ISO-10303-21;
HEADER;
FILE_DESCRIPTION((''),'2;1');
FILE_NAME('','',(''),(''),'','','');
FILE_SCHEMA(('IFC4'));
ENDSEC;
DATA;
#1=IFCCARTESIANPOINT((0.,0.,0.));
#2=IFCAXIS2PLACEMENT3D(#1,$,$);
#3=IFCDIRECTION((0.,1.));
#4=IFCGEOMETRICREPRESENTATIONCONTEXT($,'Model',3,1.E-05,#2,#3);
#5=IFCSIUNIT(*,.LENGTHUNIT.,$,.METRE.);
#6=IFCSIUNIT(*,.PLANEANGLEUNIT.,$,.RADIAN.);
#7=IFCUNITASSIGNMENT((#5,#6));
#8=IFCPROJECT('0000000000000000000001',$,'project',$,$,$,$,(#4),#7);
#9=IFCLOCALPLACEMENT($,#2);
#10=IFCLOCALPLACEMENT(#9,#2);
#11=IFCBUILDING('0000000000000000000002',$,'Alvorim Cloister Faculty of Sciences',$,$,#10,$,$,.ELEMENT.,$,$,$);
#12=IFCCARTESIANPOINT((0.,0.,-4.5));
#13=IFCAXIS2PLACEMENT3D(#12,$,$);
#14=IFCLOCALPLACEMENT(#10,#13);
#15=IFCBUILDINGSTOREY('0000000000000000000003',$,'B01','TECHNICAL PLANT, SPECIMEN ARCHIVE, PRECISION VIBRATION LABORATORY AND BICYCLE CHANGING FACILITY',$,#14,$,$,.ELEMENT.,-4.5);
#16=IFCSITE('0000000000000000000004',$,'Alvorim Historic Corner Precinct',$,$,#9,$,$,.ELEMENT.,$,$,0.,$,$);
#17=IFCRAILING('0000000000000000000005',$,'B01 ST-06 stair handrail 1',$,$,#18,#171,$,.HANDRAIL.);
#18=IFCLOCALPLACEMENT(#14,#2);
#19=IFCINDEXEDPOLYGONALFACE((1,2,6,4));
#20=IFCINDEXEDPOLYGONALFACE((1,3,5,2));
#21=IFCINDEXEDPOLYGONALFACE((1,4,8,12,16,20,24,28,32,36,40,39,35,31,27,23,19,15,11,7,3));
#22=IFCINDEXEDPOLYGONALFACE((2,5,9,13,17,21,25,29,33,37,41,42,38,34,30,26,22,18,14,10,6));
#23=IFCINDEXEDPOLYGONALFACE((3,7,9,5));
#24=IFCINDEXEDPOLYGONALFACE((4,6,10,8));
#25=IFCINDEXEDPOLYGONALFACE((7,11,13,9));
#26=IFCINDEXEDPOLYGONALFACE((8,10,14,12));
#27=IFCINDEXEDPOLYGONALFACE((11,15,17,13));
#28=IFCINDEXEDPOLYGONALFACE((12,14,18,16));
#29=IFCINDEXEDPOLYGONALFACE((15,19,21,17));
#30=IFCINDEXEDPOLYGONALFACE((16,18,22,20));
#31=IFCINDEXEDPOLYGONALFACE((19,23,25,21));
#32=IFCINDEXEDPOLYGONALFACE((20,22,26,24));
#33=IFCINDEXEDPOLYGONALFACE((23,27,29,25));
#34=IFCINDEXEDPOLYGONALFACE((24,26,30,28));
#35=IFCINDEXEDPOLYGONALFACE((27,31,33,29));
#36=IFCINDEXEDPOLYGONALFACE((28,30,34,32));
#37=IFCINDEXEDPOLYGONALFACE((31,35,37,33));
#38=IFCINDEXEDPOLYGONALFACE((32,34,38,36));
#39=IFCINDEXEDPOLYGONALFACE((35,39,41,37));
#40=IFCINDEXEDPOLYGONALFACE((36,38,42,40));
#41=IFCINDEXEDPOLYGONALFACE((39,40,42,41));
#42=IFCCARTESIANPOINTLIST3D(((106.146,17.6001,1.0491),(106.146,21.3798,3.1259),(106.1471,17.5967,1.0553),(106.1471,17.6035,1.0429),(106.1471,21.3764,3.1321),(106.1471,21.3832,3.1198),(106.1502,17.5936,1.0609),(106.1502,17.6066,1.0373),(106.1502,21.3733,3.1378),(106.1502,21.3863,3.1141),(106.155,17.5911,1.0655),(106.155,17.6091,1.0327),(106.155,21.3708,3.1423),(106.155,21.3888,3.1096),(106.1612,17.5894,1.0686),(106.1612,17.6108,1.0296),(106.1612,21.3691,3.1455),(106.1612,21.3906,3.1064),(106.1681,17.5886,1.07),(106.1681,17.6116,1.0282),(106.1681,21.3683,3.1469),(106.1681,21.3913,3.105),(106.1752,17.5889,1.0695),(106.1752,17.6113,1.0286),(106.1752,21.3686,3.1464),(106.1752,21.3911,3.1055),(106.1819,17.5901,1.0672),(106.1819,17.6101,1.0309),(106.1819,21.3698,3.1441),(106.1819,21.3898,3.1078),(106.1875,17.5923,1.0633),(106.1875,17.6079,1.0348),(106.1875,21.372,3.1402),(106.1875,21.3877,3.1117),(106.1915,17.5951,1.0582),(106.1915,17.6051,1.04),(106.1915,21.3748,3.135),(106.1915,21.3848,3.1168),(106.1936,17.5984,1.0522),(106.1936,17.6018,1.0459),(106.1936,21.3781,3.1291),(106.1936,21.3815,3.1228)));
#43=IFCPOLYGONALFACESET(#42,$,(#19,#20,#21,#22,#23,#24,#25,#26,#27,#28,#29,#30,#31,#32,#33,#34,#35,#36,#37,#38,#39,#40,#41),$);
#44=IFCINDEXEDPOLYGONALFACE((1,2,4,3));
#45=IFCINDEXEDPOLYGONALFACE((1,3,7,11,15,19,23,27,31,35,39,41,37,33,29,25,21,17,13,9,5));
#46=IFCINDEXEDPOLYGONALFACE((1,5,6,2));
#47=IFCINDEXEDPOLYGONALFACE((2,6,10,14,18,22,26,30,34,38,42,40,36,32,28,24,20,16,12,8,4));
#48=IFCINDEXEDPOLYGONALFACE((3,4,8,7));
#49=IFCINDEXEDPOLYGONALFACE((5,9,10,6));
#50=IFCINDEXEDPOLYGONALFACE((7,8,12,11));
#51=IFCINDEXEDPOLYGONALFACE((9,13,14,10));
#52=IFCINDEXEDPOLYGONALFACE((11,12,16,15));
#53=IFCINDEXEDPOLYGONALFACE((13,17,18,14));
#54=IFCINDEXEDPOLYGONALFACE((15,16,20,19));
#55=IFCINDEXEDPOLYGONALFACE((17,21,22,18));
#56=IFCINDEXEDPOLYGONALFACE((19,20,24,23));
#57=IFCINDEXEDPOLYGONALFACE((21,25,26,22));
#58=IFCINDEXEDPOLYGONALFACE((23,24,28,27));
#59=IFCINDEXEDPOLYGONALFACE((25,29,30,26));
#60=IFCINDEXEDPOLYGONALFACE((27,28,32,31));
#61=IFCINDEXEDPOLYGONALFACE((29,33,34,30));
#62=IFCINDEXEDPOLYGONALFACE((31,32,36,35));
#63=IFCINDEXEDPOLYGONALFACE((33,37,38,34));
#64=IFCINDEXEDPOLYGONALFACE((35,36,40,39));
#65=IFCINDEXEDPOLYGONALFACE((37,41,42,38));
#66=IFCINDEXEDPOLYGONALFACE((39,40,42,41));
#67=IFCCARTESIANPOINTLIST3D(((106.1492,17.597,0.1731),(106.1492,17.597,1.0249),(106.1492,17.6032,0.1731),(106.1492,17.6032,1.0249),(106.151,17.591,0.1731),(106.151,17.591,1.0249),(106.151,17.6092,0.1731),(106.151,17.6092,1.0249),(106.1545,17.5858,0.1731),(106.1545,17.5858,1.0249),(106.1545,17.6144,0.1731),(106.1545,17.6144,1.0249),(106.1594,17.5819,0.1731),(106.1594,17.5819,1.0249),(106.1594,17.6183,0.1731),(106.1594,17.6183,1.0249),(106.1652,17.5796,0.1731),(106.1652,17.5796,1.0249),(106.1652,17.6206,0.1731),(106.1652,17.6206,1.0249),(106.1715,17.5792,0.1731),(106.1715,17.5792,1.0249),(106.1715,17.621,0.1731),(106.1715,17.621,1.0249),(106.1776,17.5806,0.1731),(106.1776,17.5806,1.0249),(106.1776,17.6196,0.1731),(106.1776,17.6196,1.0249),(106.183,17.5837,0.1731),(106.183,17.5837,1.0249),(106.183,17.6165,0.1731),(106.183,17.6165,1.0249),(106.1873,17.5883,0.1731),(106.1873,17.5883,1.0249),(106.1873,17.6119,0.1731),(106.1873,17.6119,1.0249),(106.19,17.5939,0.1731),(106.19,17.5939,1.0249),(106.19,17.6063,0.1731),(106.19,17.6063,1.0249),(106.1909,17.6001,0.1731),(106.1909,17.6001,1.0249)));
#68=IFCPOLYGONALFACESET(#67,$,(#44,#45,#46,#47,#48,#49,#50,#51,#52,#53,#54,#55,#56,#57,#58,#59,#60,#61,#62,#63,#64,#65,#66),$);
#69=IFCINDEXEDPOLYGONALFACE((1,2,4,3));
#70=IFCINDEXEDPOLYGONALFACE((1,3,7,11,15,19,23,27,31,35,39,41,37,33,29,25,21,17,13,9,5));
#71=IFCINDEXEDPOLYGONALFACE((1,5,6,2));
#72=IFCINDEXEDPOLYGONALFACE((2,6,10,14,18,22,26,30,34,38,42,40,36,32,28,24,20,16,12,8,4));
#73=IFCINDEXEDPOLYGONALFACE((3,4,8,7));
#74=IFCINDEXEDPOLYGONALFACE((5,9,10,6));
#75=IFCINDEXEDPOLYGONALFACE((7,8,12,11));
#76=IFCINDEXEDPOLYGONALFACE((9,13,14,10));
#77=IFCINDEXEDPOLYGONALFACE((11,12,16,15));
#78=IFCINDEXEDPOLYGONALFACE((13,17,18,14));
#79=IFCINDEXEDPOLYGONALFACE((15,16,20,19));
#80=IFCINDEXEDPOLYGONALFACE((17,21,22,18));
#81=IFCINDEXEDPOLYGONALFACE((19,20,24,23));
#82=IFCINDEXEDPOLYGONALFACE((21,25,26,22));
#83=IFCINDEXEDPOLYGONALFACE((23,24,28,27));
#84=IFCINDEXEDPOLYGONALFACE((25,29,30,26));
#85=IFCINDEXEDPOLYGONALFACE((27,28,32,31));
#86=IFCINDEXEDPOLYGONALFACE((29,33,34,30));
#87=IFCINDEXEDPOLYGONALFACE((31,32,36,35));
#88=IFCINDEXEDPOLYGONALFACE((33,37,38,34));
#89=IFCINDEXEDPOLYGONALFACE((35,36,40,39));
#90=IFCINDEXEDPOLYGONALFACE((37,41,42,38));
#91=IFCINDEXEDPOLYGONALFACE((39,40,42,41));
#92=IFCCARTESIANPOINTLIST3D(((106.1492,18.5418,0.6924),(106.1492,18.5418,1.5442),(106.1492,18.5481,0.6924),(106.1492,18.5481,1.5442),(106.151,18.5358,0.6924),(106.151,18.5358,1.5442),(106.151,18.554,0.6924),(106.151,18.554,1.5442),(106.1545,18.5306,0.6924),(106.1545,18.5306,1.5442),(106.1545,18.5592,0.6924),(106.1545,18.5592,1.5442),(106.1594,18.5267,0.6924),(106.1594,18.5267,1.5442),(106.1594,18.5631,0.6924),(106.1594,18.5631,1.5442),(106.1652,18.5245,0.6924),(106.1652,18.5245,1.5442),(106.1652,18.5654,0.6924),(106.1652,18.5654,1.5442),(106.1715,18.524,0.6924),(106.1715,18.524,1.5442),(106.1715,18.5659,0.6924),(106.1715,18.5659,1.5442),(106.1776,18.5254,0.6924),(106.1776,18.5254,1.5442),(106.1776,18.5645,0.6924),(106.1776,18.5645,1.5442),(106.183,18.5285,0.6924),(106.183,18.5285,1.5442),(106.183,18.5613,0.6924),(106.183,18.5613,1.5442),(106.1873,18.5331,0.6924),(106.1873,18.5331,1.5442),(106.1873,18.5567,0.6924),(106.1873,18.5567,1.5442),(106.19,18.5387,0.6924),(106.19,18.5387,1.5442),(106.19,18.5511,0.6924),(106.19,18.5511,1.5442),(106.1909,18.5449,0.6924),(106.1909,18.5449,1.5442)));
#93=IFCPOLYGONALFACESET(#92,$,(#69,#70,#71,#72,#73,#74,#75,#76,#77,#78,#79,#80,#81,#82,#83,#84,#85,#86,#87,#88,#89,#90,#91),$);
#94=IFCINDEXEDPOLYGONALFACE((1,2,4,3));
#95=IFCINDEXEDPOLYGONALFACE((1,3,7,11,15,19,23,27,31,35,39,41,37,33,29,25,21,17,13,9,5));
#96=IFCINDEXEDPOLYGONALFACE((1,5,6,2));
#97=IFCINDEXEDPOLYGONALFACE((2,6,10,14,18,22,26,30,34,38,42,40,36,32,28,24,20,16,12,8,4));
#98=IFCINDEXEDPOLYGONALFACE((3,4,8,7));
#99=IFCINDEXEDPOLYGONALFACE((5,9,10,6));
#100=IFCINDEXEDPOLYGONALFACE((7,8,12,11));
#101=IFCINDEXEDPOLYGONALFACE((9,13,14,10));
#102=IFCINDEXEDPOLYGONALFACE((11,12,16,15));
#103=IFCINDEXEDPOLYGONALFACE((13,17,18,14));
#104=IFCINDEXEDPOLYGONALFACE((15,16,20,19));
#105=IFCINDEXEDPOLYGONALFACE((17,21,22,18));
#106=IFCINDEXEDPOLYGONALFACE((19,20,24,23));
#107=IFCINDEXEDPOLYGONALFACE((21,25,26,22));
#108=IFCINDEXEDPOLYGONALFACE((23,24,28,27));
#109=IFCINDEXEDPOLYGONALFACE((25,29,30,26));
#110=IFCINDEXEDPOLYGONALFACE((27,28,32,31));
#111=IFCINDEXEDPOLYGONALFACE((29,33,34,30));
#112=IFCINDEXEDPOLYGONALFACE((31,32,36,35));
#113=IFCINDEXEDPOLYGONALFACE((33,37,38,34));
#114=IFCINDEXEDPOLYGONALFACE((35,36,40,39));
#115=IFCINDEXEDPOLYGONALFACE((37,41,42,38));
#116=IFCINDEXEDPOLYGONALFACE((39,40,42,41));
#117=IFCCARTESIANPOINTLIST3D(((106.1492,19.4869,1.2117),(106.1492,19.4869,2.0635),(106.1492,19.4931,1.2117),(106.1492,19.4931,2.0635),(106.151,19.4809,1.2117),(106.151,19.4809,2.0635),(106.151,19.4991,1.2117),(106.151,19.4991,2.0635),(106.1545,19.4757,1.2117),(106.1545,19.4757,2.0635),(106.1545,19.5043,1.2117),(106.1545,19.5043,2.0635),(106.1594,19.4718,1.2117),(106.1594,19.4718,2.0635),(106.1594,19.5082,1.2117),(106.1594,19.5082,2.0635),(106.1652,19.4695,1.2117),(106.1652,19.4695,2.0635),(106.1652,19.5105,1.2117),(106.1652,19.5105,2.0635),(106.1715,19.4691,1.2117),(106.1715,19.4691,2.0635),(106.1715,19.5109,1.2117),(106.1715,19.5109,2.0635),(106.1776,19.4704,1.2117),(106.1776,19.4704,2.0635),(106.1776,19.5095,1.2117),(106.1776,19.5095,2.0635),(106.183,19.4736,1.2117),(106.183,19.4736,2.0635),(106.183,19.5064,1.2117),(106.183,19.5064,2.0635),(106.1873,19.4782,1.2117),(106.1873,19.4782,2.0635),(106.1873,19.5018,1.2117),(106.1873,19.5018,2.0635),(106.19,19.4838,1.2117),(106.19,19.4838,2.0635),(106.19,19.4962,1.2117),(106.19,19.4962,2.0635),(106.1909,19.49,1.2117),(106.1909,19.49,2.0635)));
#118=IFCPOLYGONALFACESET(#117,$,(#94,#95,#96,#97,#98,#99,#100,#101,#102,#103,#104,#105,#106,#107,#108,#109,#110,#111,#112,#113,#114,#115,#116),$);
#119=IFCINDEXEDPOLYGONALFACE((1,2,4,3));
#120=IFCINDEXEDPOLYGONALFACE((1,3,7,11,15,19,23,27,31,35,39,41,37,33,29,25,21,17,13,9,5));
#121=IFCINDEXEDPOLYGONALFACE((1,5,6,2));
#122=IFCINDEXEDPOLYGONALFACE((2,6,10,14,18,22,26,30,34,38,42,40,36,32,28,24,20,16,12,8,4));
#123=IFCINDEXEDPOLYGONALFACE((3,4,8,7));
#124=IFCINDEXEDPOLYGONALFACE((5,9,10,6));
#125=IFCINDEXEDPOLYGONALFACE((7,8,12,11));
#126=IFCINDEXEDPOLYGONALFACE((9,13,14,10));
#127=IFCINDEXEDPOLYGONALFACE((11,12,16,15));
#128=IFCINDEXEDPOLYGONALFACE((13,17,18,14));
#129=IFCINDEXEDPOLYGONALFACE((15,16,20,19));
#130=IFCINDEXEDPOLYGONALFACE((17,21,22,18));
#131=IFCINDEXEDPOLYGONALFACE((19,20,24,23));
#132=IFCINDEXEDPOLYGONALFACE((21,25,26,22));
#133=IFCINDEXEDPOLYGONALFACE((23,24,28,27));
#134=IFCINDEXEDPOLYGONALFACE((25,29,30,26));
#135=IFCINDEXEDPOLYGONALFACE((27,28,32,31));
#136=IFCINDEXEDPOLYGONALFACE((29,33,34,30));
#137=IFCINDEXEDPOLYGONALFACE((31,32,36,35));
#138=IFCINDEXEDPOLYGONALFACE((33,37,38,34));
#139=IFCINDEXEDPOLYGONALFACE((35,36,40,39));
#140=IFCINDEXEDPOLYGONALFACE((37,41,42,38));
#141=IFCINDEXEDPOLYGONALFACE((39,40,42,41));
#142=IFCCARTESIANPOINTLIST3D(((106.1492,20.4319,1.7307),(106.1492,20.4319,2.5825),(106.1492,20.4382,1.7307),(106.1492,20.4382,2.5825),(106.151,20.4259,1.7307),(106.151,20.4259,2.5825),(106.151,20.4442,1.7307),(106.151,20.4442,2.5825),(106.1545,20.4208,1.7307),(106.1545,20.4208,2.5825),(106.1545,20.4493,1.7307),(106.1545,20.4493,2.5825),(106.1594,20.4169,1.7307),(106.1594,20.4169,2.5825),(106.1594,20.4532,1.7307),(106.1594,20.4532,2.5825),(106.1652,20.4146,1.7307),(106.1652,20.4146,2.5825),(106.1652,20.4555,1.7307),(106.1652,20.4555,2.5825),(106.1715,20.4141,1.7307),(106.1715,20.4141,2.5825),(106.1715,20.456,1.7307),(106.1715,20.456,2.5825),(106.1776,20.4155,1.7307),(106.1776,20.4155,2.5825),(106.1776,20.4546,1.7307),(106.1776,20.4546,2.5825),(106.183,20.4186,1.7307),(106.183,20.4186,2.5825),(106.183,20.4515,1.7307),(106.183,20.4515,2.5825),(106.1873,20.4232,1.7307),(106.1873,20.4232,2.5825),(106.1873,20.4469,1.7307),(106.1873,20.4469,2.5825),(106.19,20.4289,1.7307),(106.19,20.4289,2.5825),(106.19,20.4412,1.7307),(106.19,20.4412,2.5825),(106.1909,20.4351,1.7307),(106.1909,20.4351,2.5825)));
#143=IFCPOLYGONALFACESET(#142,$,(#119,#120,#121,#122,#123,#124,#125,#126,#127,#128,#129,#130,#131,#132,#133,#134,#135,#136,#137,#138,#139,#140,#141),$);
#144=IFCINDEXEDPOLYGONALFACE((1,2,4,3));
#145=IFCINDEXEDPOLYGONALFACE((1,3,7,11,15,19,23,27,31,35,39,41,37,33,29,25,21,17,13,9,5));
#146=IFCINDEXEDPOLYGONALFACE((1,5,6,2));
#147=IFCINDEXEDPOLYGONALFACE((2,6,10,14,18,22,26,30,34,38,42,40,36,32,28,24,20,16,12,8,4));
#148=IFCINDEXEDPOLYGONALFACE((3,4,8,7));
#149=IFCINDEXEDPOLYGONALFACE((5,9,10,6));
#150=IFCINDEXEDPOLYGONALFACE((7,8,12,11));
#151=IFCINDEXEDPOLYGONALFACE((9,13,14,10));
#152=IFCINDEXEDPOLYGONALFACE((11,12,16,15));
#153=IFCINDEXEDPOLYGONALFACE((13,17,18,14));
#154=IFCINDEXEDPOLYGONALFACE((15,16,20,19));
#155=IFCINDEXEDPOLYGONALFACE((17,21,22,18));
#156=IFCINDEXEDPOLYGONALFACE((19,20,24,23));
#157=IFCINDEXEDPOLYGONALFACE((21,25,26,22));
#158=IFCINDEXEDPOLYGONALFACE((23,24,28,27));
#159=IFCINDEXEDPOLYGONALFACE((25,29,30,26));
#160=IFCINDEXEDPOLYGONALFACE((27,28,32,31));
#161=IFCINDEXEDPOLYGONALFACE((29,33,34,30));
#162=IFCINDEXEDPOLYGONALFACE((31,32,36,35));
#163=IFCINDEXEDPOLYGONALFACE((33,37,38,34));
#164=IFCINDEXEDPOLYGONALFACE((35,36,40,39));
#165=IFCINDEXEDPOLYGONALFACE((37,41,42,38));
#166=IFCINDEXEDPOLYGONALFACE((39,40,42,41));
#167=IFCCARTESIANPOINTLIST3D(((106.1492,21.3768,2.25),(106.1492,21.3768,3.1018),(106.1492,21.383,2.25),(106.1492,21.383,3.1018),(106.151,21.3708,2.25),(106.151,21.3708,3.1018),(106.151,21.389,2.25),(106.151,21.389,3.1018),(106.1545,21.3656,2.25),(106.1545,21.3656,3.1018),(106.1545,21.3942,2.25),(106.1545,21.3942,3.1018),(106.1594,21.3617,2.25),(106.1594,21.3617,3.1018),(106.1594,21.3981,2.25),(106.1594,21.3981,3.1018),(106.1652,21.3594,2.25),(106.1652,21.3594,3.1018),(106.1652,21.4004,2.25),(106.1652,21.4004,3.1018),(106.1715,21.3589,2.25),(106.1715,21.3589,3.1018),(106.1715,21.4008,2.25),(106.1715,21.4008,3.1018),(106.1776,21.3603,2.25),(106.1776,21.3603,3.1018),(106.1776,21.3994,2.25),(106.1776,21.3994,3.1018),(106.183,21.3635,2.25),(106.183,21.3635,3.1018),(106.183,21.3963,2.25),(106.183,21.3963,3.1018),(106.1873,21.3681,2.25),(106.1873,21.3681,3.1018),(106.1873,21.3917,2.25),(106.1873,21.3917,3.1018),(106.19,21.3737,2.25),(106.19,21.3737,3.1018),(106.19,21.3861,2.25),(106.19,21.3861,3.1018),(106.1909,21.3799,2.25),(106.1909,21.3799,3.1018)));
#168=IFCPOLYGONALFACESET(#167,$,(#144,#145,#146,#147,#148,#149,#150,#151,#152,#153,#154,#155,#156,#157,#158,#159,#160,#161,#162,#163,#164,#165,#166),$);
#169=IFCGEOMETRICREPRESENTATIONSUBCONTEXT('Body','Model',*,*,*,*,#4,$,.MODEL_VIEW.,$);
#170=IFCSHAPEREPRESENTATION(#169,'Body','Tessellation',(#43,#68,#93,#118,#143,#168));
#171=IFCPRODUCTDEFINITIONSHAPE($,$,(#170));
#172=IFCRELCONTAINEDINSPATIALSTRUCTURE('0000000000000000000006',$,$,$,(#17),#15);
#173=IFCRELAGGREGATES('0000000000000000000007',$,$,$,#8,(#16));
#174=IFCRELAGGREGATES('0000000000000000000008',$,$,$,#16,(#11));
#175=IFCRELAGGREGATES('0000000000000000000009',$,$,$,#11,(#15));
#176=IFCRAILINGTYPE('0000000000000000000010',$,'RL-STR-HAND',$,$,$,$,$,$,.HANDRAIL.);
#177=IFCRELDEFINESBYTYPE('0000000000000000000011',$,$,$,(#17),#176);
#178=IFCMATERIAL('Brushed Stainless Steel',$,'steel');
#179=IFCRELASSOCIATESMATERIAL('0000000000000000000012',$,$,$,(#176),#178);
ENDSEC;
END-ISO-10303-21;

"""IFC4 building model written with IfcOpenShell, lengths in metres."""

from ifc_helpers import new_model, si_unit, direction, frame, origin, origin_2d, place, context, subcontext, project, spatial, circle, extrude, material, type_object, element, save


model = new_model("IFC4")

# Units and contexts
model_context = context("Model", 3, precision=1e-05, world=origin(), true_north=direction((0.0, 1.0)))
body_context = subcontext(model_context, "Body", "Model", "MODEL_VIEW")
ifc_project = project(units=[si_unit("LENGTHUNIT", "METRE"), si_unit("PLANEANGLEUNIT", "RADIAN")], contexts=[model_context])

# Site, building, storey
site_placement = place(None, origin())
site = spatial("IfcSite", under=ifc_project, at=site_placement, Name="Alvorim Historic Corner Precinct", CompositionType="ELEMENT", RefElevation=0.0)
building_placement = place(site_placement, origin())
building = spatial("IfcBuilding", under=site, at=building_placement, Name="Alvorim Cloister Faculty of Sciences", CompositionType="ELEMENT")
storey_placement = place(building_placement, frame((0.0, 0.0, -4.5)))
storey = spatial("IfcBuildingStorey", under=building, at=storey_placement, Name="B01", Description="TECHNICAL PLANT, SPECIMEN ARCHIVE, PRECISION VIBRATION LABORATORY AND BICYCLE CHANGING FACILITY", CompositionType="ELEMENT", Elevation=-4.5)

# Railing
ifc_material_1 = material(Name="Brushed Stainless Steel", Category="steel")
railing_type = type_object("IfcRailingType", Name="RL-STR-HAND", PredefinedType="HANDRAIL", material=ifc_material_1)
railing_placement = place(storey_placement, frame((106.1699, 17.6001, 0.1731)))
element("IfcRailing", 1, at=railing_placement, inside=storey, type_object=railing_type, Name="B01 ST-06 stair handrail 1", PredefinedType="HANDRAIL", context=body_context, shape_type="SweptSolid", body=[
    extrude(circle(Radius=0.0239, at=origin_2d()), frame((0.0, 0.0, 0.876), z_axis=(0.0, 0.876409, 0.481567), x_axis=(-1.0, 0.0, 0.0)), (0.0, 0.0, 1.0), 4.3127),
    extrude(circle(Radius=0.021, at=origin_2d()), origin(), (0.0, 0.0, 1.0), 0.8518),
    extrude(circle(Radius=0.021, at=origin_2d()), frame((0.0, 0.9448, 0.5193)), (0.0, 0.0, 1.0), 0.8518),
    extrude(circle(Radius=0.021, at=origin_2d()), frame((0.0, 1.8899, 1.0386)), (0.0, 0.0, 1.0), 0.8518),
    extrude(circle(Radius=0.021, at=origin_2d()), frame((0.0, 2.835, 1.5576)), (0.0, 0.0, 1.0), 0.8518),
    extrude(circle(Radius=0.021, at=origin_2d()), frame((0.0, 3.7798, 2.0769)), (0.0, 0.0, 1.0), 0.8518),
])

save(model, "model.ifc")
